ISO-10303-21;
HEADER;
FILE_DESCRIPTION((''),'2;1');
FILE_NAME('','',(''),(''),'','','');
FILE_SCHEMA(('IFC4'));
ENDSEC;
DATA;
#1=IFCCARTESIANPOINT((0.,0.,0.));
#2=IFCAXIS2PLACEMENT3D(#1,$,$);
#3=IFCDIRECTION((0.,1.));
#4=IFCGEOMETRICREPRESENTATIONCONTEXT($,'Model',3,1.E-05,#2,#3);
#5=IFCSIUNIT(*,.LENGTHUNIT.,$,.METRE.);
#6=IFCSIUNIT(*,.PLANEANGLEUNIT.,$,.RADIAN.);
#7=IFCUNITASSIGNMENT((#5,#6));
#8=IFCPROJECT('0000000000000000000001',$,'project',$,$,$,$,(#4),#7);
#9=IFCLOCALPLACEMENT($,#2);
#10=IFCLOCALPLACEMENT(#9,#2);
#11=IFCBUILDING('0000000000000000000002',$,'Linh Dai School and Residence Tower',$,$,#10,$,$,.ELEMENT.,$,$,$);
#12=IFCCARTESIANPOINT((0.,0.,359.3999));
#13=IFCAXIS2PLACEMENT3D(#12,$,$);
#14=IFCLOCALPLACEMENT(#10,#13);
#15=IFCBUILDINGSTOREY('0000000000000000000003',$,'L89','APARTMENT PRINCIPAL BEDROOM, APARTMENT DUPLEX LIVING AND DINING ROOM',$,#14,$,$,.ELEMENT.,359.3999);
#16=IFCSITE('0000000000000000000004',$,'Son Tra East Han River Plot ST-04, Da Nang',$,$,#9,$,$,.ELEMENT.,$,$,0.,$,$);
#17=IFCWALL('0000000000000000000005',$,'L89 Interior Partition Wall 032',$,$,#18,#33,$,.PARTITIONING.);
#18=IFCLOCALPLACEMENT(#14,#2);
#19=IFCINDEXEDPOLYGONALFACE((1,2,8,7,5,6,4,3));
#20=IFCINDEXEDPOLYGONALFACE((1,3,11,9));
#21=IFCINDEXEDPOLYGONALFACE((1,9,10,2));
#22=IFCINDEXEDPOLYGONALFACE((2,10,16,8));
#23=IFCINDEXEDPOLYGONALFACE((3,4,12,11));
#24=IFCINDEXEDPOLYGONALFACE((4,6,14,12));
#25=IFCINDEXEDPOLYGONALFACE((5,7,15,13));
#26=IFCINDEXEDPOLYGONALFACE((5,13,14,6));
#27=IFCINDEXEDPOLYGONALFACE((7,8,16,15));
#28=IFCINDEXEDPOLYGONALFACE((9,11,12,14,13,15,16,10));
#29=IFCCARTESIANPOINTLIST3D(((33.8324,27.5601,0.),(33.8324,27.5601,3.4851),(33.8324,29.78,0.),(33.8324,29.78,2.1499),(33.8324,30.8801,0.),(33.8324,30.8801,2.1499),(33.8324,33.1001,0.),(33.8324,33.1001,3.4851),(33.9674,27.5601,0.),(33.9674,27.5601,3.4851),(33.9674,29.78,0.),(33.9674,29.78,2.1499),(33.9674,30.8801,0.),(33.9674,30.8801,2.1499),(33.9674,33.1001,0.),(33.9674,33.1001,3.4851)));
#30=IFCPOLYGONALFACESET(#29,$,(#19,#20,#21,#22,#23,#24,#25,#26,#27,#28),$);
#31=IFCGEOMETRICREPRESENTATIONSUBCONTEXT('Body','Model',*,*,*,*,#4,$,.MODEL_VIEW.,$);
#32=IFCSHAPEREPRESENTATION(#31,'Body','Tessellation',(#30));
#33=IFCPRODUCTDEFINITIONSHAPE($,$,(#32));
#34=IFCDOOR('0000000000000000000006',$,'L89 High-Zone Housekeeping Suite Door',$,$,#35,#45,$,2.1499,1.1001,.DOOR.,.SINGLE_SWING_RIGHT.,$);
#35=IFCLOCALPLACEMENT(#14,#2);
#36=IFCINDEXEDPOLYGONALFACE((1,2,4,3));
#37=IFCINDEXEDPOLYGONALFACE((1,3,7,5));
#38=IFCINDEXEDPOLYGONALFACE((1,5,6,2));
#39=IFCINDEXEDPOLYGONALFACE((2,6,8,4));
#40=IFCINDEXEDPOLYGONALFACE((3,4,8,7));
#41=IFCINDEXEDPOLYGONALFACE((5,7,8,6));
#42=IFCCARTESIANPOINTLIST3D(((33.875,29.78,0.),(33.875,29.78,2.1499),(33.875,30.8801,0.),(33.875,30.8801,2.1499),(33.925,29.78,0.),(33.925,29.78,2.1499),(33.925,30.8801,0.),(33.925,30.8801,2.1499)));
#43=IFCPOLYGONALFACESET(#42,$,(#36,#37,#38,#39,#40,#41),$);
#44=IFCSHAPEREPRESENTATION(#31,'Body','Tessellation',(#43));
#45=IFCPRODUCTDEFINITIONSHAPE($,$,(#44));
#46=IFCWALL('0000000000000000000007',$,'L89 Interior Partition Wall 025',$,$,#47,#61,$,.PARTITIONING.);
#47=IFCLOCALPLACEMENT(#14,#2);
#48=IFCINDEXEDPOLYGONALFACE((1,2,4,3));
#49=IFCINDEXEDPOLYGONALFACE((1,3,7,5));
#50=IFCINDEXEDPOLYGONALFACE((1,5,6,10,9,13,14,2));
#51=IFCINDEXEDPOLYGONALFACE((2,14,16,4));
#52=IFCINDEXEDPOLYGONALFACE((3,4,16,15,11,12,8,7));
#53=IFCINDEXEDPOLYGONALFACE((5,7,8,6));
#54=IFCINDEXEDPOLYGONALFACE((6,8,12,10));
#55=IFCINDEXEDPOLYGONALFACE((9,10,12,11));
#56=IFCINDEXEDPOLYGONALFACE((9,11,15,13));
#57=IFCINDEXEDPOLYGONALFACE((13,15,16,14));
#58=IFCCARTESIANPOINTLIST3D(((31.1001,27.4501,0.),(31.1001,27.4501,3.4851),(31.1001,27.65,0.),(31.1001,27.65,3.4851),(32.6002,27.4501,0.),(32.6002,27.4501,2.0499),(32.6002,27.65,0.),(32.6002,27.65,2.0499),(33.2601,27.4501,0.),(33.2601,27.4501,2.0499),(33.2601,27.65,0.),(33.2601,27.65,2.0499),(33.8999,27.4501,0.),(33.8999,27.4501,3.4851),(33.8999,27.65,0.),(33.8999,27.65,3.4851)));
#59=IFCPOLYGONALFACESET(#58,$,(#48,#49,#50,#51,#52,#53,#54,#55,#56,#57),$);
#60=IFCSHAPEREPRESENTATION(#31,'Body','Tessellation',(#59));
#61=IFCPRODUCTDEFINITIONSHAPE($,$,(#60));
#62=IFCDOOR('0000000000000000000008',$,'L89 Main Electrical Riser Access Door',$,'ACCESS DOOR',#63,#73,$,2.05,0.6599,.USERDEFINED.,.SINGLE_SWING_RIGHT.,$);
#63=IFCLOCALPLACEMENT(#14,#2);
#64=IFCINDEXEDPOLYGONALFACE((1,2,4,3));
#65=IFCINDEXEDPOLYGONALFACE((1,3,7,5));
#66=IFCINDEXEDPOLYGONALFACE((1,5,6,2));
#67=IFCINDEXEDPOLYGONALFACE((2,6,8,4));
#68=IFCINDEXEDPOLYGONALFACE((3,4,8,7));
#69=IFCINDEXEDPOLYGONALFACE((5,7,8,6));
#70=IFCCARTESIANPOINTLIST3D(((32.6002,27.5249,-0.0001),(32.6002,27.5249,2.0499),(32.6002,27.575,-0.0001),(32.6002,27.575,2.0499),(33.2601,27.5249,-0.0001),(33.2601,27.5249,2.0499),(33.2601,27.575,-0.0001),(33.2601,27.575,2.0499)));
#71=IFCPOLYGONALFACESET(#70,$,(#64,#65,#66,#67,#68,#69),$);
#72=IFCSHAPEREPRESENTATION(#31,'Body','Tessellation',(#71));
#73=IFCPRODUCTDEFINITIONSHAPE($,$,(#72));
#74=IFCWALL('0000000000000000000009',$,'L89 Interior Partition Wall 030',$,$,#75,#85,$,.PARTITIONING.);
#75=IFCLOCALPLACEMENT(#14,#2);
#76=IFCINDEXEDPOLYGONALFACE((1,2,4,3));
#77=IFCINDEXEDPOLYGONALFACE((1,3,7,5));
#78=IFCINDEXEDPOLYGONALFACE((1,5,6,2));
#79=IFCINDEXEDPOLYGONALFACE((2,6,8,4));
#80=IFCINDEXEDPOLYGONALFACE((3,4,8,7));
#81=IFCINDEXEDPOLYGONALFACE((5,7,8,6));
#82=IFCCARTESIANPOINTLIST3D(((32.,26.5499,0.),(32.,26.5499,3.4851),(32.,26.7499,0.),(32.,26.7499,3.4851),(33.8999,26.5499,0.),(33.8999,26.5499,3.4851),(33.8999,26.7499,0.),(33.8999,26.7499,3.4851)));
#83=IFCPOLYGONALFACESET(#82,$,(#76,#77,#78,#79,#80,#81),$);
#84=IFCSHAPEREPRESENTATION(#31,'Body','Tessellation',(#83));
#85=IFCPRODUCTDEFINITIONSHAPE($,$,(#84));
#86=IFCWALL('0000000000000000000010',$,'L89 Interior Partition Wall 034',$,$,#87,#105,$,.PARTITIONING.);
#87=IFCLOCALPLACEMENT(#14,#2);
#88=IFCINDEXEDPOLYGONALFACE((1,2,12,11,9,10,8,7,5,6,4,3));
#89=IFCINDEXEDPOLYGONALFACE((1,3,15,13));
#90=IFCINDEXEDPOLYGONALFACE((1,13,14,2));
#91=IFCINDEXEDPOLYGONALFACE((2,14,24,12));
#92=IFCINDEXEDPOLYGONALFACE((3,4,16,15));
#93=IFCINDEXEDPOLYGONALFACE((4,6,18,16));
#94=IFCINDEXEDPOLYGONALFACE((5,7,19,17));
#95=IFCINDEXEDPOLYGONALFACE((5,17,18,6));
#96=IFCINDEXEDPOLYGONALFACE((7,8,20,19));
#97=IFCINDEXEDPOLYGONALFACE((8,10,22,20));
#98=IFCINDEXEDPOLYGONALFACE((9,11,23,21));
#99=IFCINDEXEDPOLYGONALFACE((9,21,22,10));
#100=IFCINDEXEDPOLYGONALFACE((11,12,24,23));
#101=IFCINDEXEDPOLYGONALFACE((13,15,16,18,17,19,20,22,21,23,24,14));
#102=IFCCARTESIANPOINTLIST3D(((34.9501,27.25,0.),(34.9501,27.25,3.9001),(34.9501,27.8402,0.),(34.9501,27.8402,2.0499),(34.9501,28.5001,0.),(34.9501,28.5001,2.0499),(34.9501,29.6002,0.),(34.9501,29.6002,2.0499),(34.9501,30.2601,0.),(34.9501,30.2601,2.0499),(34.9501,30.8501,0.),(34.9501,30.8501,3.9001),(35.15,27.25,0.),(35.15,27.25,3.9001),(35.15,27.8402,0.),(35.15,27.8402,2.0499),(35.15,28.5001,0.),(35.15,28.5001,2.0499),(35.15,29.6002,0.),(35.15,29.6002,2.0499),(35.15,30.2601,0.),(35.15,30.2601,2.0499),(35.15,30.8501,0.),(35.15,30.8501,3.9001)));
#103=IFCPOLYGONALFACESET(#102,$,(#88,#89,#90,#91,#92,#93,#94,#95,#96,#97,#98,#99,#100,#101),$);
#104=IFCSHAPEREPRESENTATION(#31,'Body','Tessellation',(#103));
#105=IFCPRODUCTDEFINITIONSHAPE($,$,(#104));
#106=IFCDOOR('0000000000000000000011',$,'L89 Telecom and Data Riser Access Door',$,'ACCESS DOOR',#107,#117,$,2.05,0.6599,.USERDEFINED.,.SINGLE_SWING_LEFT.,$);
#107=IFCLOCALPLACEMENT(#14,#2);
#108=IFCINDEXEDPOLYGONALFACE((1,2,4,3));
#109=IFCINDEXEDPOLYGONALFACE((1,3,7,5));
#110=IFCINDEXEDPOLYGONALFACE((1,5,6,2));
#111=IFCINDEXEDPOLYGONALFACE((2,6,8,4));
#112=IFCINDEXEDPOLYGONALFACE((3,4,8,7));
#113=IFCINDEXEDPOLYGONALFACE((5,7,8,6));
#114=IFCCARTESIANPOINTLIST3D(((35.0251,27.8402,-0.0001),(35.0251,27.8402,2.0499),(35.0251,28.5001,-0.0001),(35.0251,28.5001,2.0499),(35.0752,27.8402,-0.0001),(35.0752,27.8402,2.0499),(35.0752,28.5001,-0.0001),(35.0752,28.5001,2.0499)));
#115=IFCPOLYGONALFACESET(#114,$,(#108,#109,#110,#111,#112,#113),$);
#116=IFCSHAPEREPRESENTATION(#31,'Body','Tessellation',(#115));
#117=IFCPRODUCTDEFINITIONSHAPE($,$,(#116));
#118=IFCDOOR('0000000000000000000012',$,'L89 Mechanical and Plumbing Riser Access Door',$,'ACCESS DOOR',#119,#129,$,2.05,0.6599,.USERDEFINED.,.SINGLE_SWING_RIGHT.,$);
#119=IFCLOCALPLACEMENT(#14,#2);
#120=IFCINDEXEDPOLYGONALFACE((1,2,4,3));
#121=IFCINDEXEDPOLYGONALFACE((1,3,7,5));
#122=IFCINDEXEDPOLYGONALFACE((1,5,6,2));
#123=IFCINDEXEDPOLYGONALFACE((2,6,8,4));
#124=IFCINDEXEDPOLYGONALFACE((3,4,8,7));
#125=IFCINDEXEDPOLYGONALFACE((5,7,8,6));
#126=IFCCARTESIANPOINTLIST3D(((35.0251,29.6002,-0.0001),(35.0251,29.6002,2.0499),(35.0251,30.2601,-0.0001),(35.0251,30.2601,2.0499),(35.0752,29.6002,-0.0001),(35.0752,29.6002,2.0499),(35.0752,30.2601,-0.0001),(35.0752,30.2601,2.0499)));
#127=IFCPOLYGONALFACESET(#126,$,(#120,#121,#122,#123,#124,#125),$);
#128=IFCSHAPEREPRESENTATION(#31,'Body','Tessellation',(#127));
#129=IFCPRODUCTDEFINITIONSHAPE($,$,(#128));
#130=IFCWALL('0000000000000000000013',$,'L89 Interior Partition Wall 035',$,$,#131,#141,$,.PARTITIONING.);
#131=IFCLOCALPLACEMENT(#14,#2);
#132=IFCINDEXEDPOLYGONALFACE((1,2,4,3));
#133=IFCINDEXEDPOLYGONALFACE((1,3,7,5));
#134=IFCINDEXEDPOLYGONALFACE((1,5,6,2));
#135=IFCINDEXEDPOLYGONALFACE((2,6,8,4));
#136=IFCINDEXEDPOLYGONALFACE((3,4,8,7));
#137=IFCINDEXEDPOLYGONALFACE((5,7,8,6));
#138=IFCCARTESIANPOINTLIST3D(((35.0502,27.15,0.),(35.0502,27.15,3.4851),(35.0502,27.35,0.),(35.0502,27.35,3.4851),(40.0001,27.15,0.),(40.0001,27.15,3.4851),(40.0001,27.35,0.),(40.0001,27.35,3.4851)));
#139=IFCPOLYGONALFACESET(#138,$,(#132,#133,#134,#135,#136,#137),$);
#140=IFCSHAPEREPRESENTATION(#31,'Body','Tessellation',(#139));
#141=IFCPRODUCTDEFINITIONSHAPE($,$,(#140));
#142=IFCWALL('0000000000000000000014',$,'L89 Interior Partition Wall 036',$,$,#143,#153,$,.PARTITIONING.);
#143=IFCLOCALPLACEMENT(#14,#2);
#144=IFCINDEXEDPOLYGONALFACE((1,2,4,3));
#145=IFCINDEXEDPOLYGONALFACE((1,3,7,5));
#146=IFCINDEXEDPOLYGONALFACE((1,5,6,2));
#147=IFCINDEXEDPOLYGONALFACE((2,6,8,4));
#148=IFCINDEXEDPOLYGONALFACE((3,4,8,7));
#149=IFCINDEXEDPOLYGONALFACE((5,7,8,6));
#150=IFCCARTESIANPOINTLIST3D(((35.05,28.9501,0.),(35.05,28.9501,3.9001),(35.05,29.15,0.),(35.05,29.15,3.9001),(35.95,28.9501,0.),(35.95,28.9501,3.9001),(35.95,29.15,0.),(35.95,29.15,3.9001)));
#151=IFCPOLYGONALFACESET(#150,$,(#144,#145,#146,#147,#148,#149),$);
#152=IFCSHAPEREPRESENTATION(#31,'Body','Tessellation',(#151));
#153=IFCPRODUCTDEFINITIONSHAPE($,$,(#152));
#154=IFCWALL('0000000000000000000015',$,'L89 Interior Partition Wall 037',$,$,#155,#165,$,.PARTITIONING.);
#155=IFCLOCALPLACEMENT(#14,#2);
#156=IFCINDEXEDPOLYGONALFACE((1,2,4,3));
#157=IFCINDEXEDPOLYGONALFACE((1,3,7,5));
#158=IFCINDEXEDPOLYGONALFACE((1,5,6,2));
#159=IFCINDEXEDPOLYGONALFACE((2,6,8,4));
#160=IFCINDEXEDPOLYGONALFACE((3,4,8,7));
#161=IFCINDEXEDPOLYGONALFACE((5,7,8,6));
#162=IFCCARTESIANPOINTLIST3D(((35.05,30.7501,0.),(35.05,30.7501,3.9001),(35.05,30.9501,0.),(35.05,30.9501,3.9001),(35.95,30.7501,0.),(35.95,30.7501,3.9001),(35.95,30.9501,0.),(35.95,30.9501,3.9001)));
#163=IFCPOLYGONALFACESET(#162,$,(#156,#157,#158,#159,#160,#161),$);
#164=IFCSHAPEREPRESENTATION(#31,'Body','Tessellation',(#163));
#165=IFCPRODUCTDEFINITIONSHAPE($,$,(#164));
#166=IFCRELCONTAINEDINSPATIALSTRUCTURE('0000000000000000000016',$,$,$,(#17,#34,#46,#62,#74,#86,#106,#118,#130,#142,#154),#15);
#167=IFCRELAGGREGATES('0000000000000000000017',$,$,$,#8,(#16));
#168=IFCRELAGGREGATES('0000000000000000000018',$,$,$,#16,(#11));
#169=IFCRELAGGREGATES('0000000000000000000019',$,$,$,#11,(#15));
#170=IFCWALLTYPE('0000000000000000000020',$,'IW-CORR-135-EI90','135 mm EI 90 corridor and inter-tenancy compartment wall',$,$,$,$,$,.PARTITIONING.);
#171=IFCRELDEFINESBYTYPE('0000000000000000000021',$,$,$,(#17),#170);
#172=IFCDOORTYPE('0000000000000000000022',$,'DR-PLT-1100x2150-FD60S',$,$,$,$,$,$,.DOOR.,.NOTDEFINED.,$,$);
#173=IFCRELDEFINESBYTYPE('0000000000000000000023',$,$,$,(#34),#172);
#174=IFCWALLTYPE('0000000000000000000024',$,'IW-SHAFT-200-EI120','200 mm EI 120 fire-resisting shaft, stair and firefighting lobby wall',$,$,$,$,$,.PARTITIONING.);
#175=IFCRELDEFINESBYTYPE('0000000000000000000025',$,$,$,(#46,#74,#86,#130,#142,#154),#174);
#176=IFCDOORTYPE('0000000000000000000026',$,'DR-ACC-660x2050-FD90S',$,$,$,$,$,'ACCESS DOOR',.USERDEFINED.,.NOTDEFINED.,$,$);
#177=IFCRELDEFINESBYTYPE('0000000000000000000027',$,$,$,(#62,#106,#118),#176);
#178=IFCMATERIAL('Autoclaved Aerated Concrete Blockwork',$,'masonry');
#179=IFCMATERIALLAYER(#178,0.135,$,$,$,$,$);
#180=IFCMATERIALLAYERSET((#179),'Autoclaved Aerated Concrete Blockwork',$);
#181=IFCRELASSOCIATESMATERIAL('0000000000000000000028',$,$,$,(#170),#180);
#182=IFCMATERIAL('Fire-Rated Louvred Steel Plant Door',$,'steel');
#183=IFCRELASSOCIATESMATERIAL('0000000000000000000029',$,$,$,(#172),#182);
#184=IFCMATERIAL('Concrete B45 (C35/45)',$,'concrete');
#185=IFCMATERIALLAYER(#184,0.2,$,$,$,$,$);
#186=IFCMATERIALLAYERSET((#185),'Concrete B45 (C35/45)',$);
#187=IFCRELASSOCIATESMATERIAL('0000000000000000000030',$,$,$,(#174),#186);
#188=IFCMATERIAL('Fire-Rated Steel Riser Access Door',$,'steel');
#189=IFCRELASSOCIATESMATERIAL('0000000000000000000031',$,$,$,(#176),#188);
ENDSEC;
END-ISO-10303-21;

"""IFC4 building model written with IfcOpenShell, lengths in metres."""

from ifc_helpers import new_model, si_unit, direction, frame, frame_2d, origin, origin_2d, place, context, subcontext, project, spatial, rectangle, extrude, source, transform, mapped, material, layer, layer_set, type_object, element, fill, save


model = new_model("IFC4")

# Units and contexts
model_context = context("Model", 3, precision=1e-05, world=origin(), true_north=direction((0.0, 1.0)))
body_context = subcontext(model_context, "Body", "Model", "MODEL_VIEW")
ifc_project = project(units=[si_unit("LENGTHUNIT", "METRE"), si_unit("PLANEANGLEUNIT", "RADIAN")], contexts=[model_context])

# Site, building, storey
site_placement = place(None, origin())
site = spatial("IfcSite", under=ifc_project, at=site_placement, Name="Son Tra East Han River Plot ST-04, Da Nang", CompositionType="ELEMENT", RefElevation=0.0)
building_placement = place(site_placement, origin())
building = spatial("IfcBuilding", under=site, at=building_placement, Name="Linh Dai School and Residence Tower", CompositionType="ELEMENT")
storey_placement = place(building_placement, frame((0.0, 0.0, 359.3999)))
storey = spatial("IfcBuildingStorey", under=building, at=storey_placement, Name="L89", Description="APARTMENT PRINCIPAL BEDROOM, APARTMENT DUPLEX LIVING AND DINING ROOM", CompositionType="ELEMENT", Elevation=359.3999)

# Walls, openings, doors
ifc_material_1 = material(Name="Autoclaved Aerated Concrete Blockwork", Category="masonry")
ifc_layer_1 = layer(ifc_material_1, 0.135)
ifc_layer_set_1 = layer_set([ifc_layer_1], Name="Autoclaved Aerated Concrete Blockwork")
wall_type_1 = type_object("IfcWallType", Name="IW-CORR-135-EI90", Description="135 mm EI 90 corridor and inter-tenancy compartment wall", PredefinedType="PARTITIONING", material=ifc_layer_set_1)
wall_1_placement = place(storey_placement, frame((33.8999, 27.5601, 0.0), z_axis=(0.0, 0.0, 1.0), x_axis=(0.0, 1.0, 0.0)))
wall_1 = element("IfcWall", 1, at=wall_1_placement, inside=storey, type_object=wall_type_1, Name="L89 Interior Partition Wall 032", PredefinedType="PARTITIONING", context=body_context, shape_type="SweptSolid", body=[
    extrude(rectangle(XDim=5.54, YDim=0.135, at=frame_2d((2.77, 0.0))), origin(), (0.0, 0.0, 1.0), 3.4851),
])
opening_1_placement = place(wall_1_placement, frame((2.22, 0.0, 0.0)))
opening_1 = element("IfcOpeningElement", 2, at=opening_1_placement, cuts=wall_1, PredefinedType="OPENING", context=body_context, shape_type="SweptSolid", body=[
    extrude(rectangle(XDim=1.1001, YDim=2.1499, at=origin_2d()), frame((0.55, 0.0776, 1.075), z_axis=(0.0, -1.0, 0.0), x_axis=(1.0, 0.0, 0.0)), (0.0, 0.0, 1.0), 0.155),
])
ifc_material_2 = material(Name="Fire-Rated Louvred Steel Plant Door", Category="steel")
door_type_1 = type_object("IfcDoorType", Name="DR-PLT-1100x2150-FD60S", OperationType="NOTDEFINED", PredefinedType="DOOR", material=ifc_material_2)
shared_shape_1 = source(origin(), body_context, "Body", "SweptSolid", [
    extrude(rectangle(XDim=1.1001, YDim=2.1499, at=origin_2d()), frame((0.55, 0.0249, 1.075), z_axis=(0.0, -1.0, 0.0), x_axis=(1.0, 0.0, 0.0)), (0.0, 0.0, 1.0), 0.05),
])
door_1_placement = place(opening_1_placement, origin())
door_1 = element("IfcDoor", 3, at=door_1_placement, inside=storey, type_object=door_type_1, Name="L89 High-Zone Housekeeping Suite Door", OperationType="SINGLE_SWING_RIGHT", OverallHeight=2.1499, OverallWidth=1.1001, PredefinedType="DOOR", context=body_context, shape_type="MappedRepresentation", body=[
    mapped(shared_shape_1, transform((0.0, 0.0, 0.0), x_axis=(1.0, 0.0, 0.0), y_axis=(0.0, 1.0, 0.0), z_axis=(0.0, 0.0, 1.0), scale=1.0)),
])
fill(opening_1, door_1)
ifc_material_3 = material(Name="Concrete B45 (C35/45)", Category="concrete")
ifc_layer_2 = layer(ifc_material_3, 0.2)
ifc_layer_set_2 = layer_set([ifc_layer_2], Name="Concrete B45 (C35/45)")
wall_type_2 = type_object("IfcWallType", Name="IW-SHAFT-200-EI120", Description="200 mm EI 120 fire-resisting shaft, stair and firefighting lobby wall", PredefinedType="PARTITIONING", material=ifc_layer_set_2)
wall_2_placement = place(storey_placement, frame((31.1001, 27.55, 0.0), z_axis=(0.0, 0.0, 1.0), x_axis=(1.0, 0.0, 0.0)))
wall_2 = element("IfcWall", 4, at=wall_2_placement, inside=storey, type_object=wall_type_2, Name="L89 Interior Partition Wall 025", PredefinedType="PARTITIONING", context=body_context, shape_type="SweptSolid", body=[
    extrude(rectangle(XDim=2.7998, YDim=0.2, at=frame_2d((1.3999, 0.0))), origin(), (0.0, 0.0, 1.0), 3.4851),
])
opening_2_placement = place(wall_2_placement, frame((1.5, 0.0, 0.0)))
opening_2 = element("IfcOpeningElement", 5, at=opening_2_placement, cuts=wall_2, PredefinedType="OPENING", context=body_context, shape_type="SweptSolid", body=[
    extrude(rectangle(XDim=0.6599, YDim=2.05, at=origin_2d()), frame((0.3301, 0.1099, 1.0249), z_axis=(0.0, -1.0, 0.0), x_axis=(1.0, 0.0, 0.0)), (0.0, 0.0, 1.0), 0.22),
])
ifc_material_4 = material(Name="Fire-Rated Steel Riser Access Door", Category="steel")
door_type_2 = type_object("IfcDoorType", Name="DR-ACC-660x2050-FD90S", ElementType="ACCESS DOOR", OperationType="NOTDEFINED", PredefinedType="USERDEFINED", material=ifc_material_4)
shared_shape_2 = source(origin(), body_context, "Body", "SweptSolid", [
    extrude(rectangle(XDim=0.6599, YDim=2.05, at=origin_2d()), frame((0.3301, 0.0249, 1.0249), z_axis=(0.0, -1.0, 0.0), x_axis=(1.0, 0.0, 0.0)), (0.0, 0.0, 1.0), 0.05),
])
door_2_placement = place(opening_2_placement, origin())
door_2 = element("IfcDoor", 6, at=door_2_placement, inside=storey, type_object=door_type_2, Name="L89 Main Electrical Riser Access Door", ObjectType="ACCESS DOOR", OperationType="SINGLE_SWING_RIGHT", OverallHeight=2.05, OverallWidth=0.6599, PredefinedType="USERDEFINED", context=body_context, shape_type="MappedRepresentation", body=[
    mapped(shared_shape_2, transform((0.0, 0.0, 0.0), x_axis=(1.0, 0.0, 0.0), y_axis=(0.0, 1.0, 0.0), z_axis=(0.0, 0.0, 1.0), scale=1.0)),
])
fill(opening_2, door_2)

# Wall
wall_3_placement = place(storey_placement, frame((32.0, 26.6499, 0.0), z_axis=(0.0, 0.0, 1.0), x_axis=(1.0, 0.0, 0.0)))
element("IfcWall", 7, at=wall_3_placement, inside=storey, type_object=wall_type_2, Name="L89 Interior Partition Wall 030", PredefinedType="PARTITIONING", context=body_context, shape_type="SweptSolid", body=[
    extrude(rectangle(XDim=1.8999, YDim=0.2, at=frame_2d((0.95, 0.0))), origin(), (0.0, 0.0, 1.0), 3.4851),
])

# Wall, openings, doors
wall_4_placement = place(storey_placement, frame((35.05, 27.25, 0.0), z_axis=(0.0, 0.0, 1.0), x_axis=(0.0, 1.0, 0.0)))
wall_4 = element("IfcWall", 8, at=wall_4_placement, inside=storey, type_object=wall_type_2, Name="L89 Interior Partition Wall 034", PredefinedType="PARTITIONING", context=body_context, shape_type="SweptSolid", body=[
    extrude(rectangle(XDim=3.6001, YDim=0.2, at=frame_2d((1.8, 0.0))), origin(), (0.0, 0.0, 1.0), 3.9001),
])
opening_3_placement = place(wall_4_placement, frame((0.5901, 0.0, 0.0)))
opening_3 = element("IfcOpeningElement", 9, at=opening_3_placement, cuts=wall_4, PredefinedType="OPENING", context=body_context, shape_type="SweptSolid", body=[
    extrude(rectangle(XDim=0.6599, YDim=2.05, at=origin_2d()), frame((0.3301, 0.1099, 1.0249), z_axis=(0.0, -1.0, 0.0), x_axis=(1.0, 0.0, 0.0)), (0.0, 0.0, 1.0), 0.22),
])
opening_4_placement = place(wall_4_placement, frame((2.3501, 0.0, 0.0)))
opening_4 = element("IfcOpeningElement", 10, at=opening_4_placement, cuts=wall_4, PredefinedType="OPENING", context=body_context, shape_type="SweptSolid", body=[
    extrude(rectangle(XDim=0.6599, YDim=2.05, at=origin_2d()), frame((0.3301, 0.1099, 1.0249), z_axis=(0.0, -1.0, 0.0), x_axis=(1.0, 0.0, 0.0)), (0.0, 0.0, 1.0), 0.22),
])
door_3_placement = place(opening_3_placement, origin())
door_3 = element("IfcDoor", 11, at=door_3_placement, inside=storey, type_object=door_type_2, Name="L89 Telecom and Data Riser Access Door", ObjectType="ACCESS DOOR", OperationType="SINGLE_SWING_LEFT", OverallHeight=2.05, OverallWidth=0.6599, PredefinedType="USERDEFINED", context=body_context, shape_type="MappedRepresentation", body=[
    mapped(shared_shape_2, transform((0.0, 0.0, 0.0), x_axis=(1.0, 0.0, 0.0), y_axis=(0.0, 1.0, 0.0), z_axis=(0.0, 0.0, 1.0), scale=1.0)),
])
fill(opening_3, door_3)
door_4_placement = place(opening_4_placement, origin())
door_4 = element("IfcDoor", 12, at=door_4_placement, inside=storey, type_object=door_type_2, Name="L89 Mechanical and Plumbing Riser Access Door", ObjectType="ACCESS DOOR", OperationType="SINGLE_SWING_RIGHT", OverallHeight=2.05, OverallWidth=0.6599, PredefinedType="USERDEFINED", context=body_context, shape_type="MappedRepresentation", body=[
    mapped(shared_shape_2, transform((0.0, 0.0, 0.0), x_axis=(1.0, 0.0, 0.0), y_axis=(0.0, 1.0, 0.0), z_axis=(0.0, 0.0, 1.0), scale=1.0)),
])
fill(opening_4, door_4)

# Walls
wall_5_placement = place(storey_placement, frame((35.05, 27.25, 0.0), z_axis=(0.0, 0.0, 1.0), x_axis=(1.0, 0.0, 0.0)))
element("IfcWall", 13, at=wall_5_placement, inside=storey, type_object=wall_type_2, Name="L89 Interior Partition Wall 035", PredefinedType="PARTITIONING", context=body_context, shape_type="SweptSolid", body=[
    extrude(rectangle(XDim=4.95, YDim=0.2, at=frame_2d((2.4751, 0.0))), origin(), (0.0, 0.0, 1.0), 3.4851),
])
for number, where, z_axis, x_axis, name in (
    (14, (35.05, 29.05, 0.0), (0.0, 0.0, 1.0), (1.0, 0.0, 0.0), "L89 Interior Partition Wall 036"),
    (15, (35.05, 30.8501, 0.0), (0.0, 0.0, 1.0), (1.0, 0.0, 0.0), "L89 Interior Partition Wall 037"),
):
    element("IfcWall", number, at=place(storey_placement, frame(where, z_axis=z_axis, x_axis=x_axis)), inside=storey, type_object=wall_type_2, Name=name, PredefinedType="PARTITIONING", context=body_context, shape_type="SweptSolid", body=[
        extrude(rectangle(XDim=0.8999, YDim=0.2, at=frame_2d((0.45, 0.0))), origin(), (0.0, 0.0, 1.0), 3.9001),
    ])

save(model, "model.ifc")
